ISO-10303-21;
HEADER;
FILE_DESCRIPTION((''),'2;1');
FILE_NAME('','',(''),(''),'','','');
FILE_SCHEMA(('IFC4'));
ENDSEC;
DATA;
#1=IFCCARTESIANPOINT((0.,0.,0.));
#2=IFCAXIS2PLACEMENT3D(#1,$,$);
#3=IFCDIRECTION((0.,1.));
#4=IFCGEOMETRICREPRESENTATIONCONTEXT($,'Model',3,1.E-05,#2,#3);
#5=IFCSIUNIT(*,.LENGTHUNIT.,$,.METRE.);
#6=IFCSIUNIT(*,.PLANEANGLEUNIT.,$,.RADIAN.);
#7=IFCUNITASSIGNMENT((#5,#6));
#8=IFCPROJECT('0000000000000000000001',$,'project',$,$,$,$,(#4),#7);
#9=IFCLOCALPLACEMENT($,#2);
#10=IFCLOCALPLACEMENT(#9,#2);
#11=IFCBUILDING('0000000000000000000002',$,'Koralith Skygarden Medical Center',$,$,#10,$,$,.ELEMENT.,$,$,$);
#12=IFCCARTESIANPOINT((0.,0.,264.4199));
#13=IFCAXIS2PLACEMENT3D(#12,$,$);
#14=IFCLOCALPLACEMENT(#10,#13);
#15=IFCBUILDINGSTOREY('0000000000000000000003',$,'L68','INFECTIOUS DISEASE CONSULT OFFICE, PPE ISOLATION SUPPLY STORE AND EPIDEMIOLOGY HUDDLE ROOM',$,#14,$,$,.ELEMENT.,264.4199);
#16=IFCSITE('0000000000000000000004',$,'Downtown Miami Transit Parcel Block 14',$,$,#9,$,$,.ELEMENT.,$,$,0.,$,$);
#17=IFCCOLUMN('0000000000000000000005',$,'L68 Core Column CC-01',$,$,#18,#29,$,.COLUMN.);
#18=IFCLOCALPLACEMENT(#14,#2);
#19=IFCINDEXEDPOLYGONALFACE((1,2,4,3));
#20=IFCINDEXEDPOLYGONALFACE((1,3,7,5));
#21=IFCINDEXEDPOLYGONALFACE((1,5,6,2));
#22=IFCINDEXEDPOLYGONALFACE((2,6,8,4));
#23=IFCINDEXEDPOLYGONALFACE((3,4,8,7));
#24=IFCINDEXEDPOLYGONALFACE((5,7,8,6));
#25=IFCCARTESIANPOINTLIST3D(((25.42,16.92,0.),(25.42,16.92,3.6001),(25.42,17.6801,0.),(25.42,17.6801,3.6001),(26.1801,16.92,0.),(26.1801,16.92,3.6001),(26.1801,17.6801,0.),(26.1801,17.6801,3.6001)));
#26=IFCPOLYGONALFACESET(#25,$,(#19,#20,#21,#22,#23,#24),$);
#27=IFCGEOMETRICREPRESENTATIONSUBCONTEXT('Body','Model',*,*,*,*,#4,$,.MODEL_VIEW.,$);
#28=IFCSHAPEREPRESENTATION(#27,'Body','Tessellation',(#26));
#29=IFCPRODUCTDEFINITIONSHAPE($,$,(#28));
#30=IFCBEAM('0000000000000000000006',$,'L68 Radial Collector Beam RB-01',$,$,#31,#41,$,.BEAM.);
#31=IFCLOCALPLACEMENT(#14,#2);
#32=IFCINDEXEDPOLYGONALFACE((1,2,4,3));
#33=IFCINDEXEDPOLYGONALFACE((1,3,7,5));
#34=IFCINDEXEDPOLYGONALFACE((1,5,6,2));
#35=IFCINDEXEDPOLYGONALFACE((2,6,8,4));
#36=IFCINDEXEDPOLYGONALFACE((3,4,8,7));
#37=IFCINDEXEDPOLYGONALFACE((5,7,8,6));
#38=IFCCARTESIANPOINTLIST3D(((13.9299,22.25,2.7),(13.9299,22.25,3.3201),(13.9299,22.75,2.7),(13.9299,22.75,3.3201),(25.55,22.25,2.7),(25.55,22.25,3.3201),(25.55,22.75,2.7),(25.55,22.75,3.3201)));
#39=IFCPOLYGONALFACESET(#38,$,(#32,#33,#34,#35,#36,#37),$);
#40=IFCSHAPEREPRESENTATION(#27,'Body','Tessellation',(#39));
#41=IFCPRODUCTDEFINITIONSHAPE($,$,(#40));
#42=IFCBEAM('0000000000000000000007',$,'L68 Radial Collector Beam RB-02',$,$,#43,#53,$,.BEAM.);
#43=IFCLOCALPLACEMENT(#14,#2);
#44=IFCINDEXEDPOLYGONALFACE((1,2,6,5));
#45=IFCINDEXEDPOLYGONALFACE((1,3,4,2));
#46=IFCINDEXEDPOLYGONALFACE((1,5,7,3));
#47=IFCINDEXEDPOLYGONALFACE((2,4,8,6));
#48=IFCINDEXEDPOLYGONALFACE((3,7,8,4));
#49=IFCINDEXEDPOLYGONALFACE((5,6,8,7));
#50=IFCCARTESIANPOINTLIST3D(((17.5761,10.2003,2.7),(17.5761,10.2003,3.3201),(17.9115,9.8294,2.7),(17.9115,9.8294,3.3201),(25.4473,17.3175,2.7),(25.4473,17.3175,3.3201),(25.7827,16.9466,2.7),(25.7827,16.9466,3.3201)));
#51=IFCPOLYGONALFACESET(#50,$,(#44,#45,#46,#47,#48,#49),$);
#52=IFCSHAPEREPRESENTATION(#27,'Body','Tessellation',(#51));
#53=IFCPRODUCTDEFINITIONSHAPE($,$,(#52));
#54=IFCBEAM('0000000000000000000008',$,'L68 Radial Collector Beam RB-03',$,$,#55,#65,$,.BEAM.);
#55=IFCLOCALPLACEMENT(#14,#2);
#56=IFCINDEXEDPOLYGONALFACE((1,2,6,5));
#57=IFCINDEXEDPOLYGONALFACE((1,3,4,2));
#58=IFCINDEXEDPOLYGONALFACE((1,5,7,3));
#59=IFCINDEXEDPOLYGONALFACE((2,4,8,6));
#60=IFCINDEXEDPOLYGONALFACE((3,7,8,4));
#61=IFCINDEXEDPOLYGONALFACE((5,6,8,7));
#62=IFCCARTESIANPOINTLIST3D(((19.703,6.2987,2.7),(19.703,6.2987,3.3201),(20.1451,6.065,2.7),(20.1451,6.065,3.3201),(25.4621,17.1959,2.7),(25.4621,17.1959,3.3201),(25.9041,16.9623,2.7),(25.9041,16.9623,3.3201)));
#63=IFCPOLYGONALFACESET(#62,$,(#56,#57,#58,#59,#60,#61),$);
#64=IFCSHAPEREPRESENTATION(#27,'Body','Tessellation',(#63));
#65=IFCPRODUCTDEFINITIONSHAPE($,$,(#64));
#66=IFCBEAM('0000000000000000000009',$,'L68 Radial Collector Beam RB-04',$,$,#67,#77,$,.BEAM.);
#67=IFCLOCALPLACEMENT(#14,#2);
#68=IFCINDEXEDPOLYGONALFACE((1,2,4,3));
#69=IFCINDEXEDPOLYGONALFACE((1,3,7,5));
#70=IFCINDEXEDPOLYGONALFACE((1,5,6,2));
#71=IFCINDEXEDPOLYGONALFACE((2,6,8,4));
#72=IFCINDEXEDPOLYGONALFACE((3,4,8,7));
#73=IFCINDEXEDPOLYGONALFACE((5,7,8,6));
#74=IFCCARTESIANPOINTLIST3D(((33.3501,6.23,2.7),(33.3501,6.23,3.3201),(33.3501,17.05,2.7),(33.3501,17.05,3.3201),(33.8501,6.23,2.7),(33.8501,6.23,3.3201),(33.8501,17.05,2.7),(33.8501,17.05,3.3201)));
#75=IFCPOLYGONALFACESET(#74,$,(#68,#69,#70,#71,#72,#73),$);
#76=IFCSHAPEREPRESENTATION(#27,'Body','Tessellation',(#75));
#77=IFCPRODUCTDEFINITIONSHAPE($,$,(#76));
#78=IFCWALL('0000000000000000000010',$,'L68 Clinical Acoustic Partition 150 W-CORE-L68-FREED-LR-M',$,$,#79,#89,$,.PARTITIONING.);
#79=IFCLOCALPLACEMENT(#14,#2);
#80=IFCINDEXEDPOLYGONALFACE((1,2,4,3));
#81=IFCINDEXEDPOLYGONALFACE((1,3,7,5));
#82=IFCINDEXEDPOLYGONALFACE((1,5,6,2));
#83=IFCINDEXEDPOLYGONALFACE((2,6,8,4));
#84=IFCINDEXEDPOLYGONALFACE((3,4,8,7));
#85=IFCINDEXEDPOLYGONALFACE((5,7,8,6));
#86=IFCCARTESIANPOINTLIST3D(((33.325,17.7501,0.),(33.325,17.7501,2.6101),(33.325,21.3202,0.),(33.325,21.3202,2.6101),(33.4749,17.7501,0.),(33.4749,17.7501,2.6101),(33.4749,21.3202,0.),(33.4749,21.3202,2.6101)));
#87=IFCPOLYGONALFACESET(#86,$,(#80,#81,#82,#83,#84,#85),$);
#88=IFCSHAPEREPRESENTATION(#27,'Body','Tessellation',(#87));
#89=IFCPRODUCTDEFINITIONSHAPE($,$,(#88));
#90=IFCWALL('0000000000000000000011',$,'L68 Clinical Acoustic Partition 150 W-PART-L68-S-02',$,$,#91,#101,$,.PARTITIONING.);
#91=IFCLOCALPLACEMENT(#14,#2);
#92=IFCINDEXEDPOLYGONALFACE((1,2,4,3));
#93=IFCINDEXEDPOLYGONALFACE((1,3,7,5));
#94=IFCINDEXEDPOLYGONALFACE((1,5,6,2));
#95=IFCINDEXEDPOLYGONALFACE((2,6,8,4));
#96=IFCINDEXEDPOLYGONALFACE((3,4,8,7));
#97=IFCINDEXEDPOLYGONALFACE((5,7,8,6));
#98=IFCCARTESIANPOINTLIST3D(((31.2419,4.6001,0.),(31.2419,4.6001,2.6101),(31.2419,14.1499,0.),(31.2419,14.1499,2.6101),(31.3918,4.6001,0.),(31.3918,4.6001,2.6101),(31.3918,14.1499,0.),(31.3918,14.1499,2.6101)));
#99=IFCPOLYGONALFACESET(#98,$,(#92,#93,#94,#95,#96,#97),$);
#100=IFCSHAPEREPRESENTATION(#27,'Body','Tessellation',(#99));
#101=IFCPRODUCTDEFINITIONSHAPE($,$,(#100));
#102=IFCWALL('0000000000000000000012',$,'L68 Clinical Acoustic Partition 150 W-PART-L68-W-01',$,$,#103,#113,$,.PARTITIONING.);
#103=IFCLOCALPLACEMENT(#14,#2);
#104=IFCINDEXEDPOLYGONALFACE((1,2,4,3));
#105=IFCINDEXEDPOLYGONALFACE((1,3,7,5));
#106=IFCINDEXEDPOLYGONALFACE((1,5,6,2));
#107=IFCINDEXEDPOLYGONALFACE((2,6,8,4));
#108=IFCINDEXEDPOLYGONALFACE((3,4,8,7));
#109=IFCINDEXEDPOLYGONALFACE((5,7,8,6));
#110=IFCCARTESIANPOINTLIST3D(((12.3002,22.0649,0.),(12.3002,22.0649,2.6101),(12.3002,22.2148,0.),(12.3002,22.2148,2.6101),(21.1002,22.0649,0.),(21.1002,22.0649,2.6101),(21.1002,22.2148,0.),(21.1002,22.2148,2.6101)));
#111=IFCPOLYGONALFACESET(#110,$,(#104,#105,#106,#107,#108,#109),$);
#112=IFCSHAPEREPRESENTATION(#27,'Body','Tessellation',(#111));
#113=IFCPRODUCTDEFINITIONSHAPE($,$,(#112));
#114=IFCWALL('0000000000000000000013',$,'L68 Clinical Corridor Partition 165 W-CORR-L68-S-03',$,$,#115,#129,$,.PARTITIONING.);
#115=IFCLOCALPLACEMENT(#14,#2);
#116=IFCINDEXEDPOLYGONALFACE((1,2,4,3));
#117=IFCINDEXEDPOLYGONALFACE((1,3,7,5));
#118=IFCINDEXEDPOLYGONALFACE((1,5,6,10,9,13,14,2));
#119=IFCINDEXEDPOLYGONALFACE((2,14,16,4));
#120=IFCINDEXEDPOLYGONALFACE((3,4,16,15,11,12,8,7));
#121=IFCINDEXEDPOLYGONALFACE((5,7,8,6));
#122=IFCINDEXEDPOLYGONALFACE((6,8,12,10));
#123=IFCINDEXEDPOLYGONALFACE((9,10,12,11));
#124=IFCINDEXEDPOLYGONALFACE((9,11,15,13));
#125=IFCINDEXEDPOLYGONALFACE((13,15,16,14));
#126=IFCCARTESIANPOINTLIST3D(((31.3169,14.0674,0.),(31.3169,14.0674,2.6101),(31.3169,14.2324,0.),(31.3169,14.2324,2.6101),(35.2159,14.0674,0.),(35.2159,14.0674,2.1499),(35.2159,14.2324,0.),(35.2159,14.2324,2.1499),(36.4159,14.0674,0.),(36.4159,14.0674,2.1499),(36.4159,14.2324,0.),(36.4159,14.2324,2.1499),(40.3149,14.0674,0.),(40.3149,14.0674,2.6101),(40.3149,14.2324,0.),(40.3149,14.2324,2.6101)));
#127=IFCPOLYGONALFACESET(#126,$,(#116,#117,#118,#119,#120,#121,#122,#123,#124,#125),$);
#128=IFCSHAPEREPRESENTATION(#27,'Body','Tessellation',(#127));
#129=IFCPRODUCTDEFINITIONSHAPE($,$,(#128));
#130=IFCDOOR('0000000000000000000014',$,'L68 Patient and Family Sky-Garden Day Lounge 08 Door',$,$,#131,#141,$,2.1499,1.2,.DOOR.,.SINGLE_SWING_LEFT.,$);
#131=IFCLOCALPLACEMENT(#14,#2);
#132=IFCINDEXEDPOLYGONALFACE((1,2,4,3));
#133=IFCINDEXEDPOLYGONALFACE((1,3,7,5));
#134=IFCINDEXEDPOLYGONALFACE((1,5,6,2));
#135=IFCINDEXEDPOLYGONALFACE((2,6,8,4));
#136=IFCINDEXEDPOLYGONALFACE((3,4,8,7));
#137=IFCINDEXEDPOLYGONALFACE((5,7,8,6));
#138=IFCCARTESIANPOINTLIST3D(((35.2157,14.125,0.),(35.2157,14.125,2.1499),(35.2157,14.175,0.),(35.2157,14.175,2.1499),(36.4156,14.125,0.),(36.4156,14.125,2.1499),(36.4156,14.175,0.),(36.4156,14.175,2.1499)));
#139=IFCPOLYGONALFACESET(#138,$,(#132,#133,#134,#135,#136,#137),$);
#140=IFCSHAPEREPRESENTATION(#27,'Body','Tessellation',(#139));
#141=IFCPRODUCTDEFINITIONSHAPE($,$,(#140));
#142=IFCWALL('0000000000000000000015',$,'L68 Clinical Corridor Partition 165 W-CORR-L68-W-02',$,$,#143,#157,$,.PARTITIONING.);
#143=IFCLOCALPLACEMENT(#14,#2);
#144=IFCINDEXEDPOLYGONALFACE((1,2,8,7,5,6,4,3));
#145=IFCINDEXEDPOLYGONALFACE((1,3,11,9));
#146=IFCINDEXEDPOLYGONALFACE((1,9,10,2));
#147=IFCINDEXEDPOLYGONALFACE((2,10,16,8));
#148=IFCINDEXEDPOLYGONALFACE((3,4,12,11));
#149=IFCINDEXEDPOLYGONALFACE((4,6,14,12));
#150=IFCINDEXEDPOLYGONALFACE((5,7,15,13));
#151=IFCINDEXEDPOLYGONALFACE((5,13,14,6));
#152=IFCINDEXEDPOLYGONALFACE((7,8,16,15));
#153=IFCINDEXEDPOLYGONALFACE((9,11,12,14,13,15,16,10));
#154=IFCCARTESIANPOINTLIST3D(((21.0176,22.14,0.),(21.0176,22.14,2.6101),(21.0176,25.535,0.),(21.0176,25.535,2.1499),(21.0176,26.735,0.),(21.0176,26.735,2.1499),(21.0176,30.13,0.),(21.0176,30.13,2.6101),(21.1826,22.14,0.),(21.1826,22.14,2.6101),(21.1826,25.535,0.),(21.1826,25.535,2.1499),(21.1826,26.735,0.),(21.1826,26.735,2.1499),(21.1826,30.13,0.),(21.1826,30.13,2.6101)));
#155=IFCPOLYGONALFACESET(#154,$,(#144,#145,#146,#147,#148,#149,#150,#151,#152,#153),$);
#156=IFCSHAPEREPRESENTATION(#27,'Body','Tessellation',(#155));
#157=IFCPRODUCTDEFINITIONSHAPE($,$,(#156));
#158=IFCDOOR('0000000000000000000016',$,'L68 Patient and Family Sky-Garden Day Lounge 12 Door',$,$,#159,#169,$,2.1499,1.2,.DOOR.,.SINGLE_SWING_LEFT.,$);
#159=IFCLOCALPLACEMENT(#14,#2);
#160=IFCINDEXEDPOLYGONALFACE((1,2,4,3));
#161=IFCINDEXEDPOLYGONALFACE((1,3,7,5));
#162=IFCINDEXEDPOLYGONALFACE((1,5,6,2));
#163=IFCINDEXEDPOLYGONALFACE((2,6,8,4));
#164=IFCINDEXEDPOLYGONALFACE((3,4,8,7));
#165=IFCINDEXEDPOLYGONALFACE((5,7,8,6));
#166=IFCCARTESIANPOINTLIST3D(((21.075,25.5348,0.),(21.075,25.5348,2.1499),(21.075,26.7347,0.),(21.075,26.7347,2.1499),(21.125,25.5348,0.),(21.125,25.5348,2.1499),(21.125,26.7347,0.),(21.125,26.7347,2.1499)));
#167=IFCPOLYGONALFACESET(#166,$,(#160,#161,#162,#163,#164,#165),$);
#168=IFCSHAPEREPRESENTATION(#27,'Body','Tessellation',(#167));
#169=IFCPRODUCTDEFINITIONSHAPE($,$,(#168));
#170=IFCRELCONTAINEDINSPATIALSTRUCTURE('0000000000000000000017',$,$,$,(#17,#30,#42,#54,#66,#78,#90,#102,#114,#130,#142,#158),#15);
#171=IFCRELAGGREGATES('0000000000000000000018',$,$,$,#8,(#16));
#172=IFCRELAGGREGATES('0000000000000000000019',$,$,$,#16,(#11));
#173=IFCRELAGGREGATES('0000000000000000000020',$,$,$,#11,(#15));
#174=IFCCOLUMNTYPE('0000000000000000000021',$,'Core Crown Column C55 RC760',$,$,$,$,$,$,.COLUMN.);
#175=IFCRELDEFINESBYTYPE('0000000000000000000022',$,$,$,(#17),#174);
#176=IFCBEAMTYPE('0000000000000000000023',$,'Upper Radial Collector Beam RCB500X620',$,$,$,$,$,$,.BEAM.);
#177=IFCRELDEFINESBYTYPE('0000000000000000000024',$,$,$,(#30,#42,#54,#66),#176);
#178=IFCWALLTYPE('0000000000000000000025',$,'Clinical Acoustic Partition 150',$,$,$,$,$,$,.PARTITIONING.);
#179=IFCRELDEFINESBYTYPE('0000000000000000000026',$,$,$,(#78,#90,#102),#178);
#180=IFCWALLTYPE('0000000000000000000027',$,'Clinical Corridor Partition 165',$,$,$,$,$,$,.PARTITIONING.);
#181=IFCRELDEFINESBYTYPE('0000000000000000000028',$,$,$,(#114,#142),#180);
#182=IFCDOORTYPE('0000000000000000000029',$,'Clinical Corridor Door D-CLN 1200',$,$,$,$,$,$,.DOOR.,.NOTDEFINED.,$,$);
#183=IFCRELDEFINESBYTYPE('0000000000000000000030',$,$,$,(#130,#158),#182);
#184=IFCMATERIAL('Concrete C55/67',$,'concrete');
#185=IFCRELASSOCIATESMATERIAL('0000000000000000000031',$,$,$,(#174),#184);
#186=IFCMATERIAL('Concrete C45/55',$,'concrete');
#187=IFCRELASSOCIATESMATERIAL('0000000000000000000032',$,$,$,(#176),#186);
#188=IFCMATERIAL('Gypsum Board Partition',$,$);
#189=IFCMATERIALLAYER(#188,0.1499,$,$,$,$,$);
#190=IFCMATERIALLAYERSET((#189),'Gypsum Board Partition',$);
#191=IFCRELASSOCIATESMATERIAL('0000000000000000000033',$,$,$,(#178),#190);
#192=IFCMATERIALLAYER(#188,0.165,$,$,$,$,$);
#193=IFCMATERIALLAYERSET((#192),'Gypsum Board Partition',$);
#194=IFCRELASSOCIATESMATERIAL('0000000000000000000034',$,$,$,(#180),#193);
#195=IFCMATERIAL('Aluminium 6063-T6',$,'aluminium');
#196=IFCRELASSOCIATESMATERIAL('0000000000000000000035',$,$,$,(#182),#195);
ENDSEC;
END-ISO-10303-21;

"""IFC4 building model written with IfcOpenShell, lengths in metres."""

from ifc_helpers import new_model, si_unit, direction, frame, frame_2d, origin, origin_2d, place, context, subcontext, project, spatial, rectangle, extrude, material, layer, layer_set, material_profile, profile_set, type_object, element, fill, save


model = new_model("IFC4")

# Units and contexts
model_context = context("Model", 3, precision=1e-05, world=origin(), true_north=direction((0.0, 1.0)))
body_context = subcontext(model_context, "Body", "Model", "MODEL_VIEW")
ifc_project = project(units=[si_unit("LENGTHUNIT", "METRE"), si_unit("PLANEANGLEUNIT", "RADIAN")], contexts=[model_context])

# Site, building, storey
site_placement = place(None, origin())
site = spatial("IfcSite", under=ifc_project, at=site_placement, Name="Downtown Miami Transit Parcel Block 14", CompositionType="ELEMENT", RefElevation=0.0)
building_placement = place(site_placement, origin())
building = spatial("IfcBuilding", under=site, at=building_placement, Name="Koralith Skygarden Medical Center", CompositionType="ELEMENT")
storey_placement = place(building_placement, frame((0.0, 0.0, 264.4199)))
storey = spatial("IfcBuildingStorey", under=building, at=storey_placement, Name="L68", Description="INFECTIOUS DISEASE CONSULT OFFICE, PPE ISOLATION SUPPLY STORE AND EPIDEMIOLOGY HUDDLE ROOM", CompositionType="ELEMENT", Elevation=264.4199)

# Column
ifc_material_1 = material(Name="Concrete C55/67", Category="concrete")
ifc_material_profile_1 = material_profile(ifc_material_1, rectangle(XDim=0.76, YDim=0.76, at=origin_2d()), Name="RC760X760")
ifc_profile_set_1 = profile_set([ifc_material_profile_1], Name="Concrete C55/67")
column_type = type_object("IfcColumnType", Name="Core Crown Column C55 RC760", PredefinedType="COLUMN", material=ifc_profile_set_1)
column_placement = place(storey_placement, frame((25.8, 17.3, 0.0), z_axis=(0.0, 0.0, 1.0), x_axis=(1.0, 0.0, 0.0)))
element("IfcColumn", 1, at=column_placement, inside=storey, type_object=column_type, Name="L68 Core Column CC-01", PredefinedType="COLUMN", context=body_context, shape_type="SweptSolid", body=[
    extrude(rectangle(XDim=0.76, YDim=0.76, at=origin_2d()), origin(), (0.0, 0.0, 1.0), 3.6001),
])

# Beams
ifc_material_2 = material(Name="Concrete C45/55", Category="concrete")
ifc_material_profile_2 = material_profile(ifc_material_2, rectangle(XDim=0.5, YDim=0.6201, at=origin_2d()), Name="RCB500X620")
ifc_profile_set_2 = profile_set([ifc_material_profile_2], Name="Concrete C45/55")
beam_type = type_object("IfcBeamType", Name="Upper Radial Collector Beam RCB500X620", PredefinedType="BEAM", material=ifc_profile_set_2)
beam_1_placement = place(storey_placement, frame((25.55, 22.5, 3.01), z_axis=(-1.0, 0.0, 0.0), x_axis=(0.0, -1.0, 0.0)))
element("IfcBeam", 2, at=beam_1_placement, inside=storey, type_object=beam_type, Name="L68 Radial Collector Beam RB-01", PredefinedType="BEAM", context=body_context, shape_type="SweptSolid", body=[
    extrude(rectangle(XDim=0.5, YDim=0.6201, at=origin_2d()), origin(), (0.0, 0.0, 1.0), 11.6201),
])
beam_2_placement = place(storey_placement, frame((25.615, 17.1321, 3.01), z_axis=(-0.741736, -0.670692, 0.0), x_axis=(0.670692, -0.741736, 0.0)))
element("IfcBeam", 3, at=beam_2_placement, inside=storey, type_object=beam_type, Name="L68 Radial Collector Beam RB-02", PredefinedType="BEAM", context=body_context, shape_type="SweptSolid", body=[
    extrude(rectangle(XDim=0.5, YDim=0.6201, at=origin_2d()), origin(), (0.0, 0.0, 1.0), 10.6118),
])
beam_3_placement = place(storey_placement, frame((25.6831, 17.0791, 3.01), z_axis=(-0.467249, -0.884126, 0.0), x_axis=(0.884126, -0.467249, 0.0)))
element("IfcBeam", 4, at=beam_3_placement, inside=storey, type_object=beam_type, Name="L68 Radial Collector Beam RB-03", PredefinedType="BEAM", context=body_context, shape_type="SweptSolid", body=[
    extrude(rectangle(XDim=0.5, YDim=0.6201, at=origin_2d()), origin(), (0.0, 0.0, 1.0), 12.3254),
])
beam_4_placement = place(storey_placement, frame((33.6001, 17.05, 3.01), z_axis=(0.0, -1.0, 0.0), x_axis=(1.0, 0.0, 0.0)))
element("IfcBeam", 5, at=beam_4_placement, inside=storey, type_object=beam_type, Name="L68 Radial Collector Beam RB-04", PredefinedType="BEAM", context=body_context, shape_type="SweptSolid", body=[
    extrude(rectangle(XDim=0.5, YDim=0.6201, at=origin_2d()), origin(), (0.0, 0.0, 1.0), 10.8201),
])

# Shared definitions
ifc_material_3 = material(Name="Gypsum Board Partition")
ifc_layer_1 = layer(ifc_material_3, 0.1499)
ifc_layer_set_1 = layer_set([ifc_layer_1], Name="Gypsum Board Partition")
wall_type_1 = type_object("IfcWallType", Name="Clinical Acoustic Partition 150", PredefinedType="PARTITIONING", material=ifc_layer_set_1)
ifc_material_4 = material(Name="Aluminium 6063-T6", Category="aluminium")

# Walls
wall_1_placement = place(storey_placement, frame((33.3999, 17.75, 0.0), z_axis=(0.0, 0.0, 1.0), x_axis=(0.0, 1.0, 0.0)))
element("IfcWall", 6, at=wall_1_placement, inside=storey, type_object=wall_type_1, Name="L68 Clinical Acoustic Partition 150 W-CORE-L68-FREED-LR-M", PredefinedType="PARTITIONING", context=body_context, shape_type="SweptSolid", body=[
    extrude(rectangle(XDim=3.5701, YDim=0.1499, at=frame_2d((1.7852, 0.0))), origin(), (0.0, 0.0, 1.0), 2.6101),
])
wall_2_placement = place(storey_placement, frame((31.3169, 14.1499, 0.0), z_axis=(0.0, 0.0, 1.0), x_axis=(0.0, -1.0, 0.0)))
element("IfcWall", 7, at=wall_2_placement, inside=storey, type_object=wall_type_1, Name="L68 Clinical Acoustic Partition 150 W-PART-L68-S-02", PredefinedType="PARTITIONING", context=body_context, shape_type="SweptSolid", body=[
    extrude(rectangle(XDim=9.5498, YDim=0.1499, at=frame_2d((4.7749, 0.0))), origin(), (0.0, 0.0, 1.0), 2.6101),
])
wall_3_placement = place(storey_placement, frame((21.1001, 22.1399, 0.0), z_axis=(0.0, 0.0, 1.0), x_axis=(-1.0, 0.0, 0.0)))
element("IfcWall", 8, at=wall_3_placement, inside=storey, type_object=wall_type_1, Name="L68 Clinical Acoustic Partition 150 W-PART-L68-W-01", PredefinedType="PARTITIONING", context=body_context, shape_type="SweptSolid", body=[
    extrude(rectangle(XDim=8.8, YDim=0.1499, at=frame_2d((4.3999, 0.0))), origin(), (0.0, 0.0, 1.0), 2.6101),
])

# Walls, openings, doors
ifc_layer_2 = layer(ifc_material_3, 0.165)
ifc_layer_set_2 = layer_set([ifc_layer_2], Name="Gypsum Board Partition")
wall_type_2 = type_object("IfcWallType", Name="Clinical Corridor Partition 165", PredefinedType="PARTITIONING", material=ifc_layer_set_2)
wall_4_placement = place(storey_placement, frame((31.3169, 14.1499, 0.0), z_axis=(0.0, 0.0, 1.0), x_axis=(1.0, 0.0, 0.0)))
wall_4 = element("IfcWall", 9, at=wall_4_placement, inside=storey, type_object=wall_type_2, Name="L68 Clinical Corridor Partition 165 W-CORR-L68-S-03", PredefinedType="PARTITIONING", context=body_context, shape_type="SweptSolid", body=[
    extrude(rectangle(XDim=8.998, YDim=0.165, at=frame_2d((4.499, 0.0))), origin(), (0.0, 0.0, 1.0), 2.6101),
])
opening_1_placement = place(wall_4_placement, frame((3.8989, 0.0, 0.0)))
opening_1 = element("IfcOpeningElement", 10, at=opening_1_placement, cuts=wall_4, PredefinedType="OPENING", context=body_context, shape_type="SweptSolid", body=[
    extrude(rectangle(XDim=1.2, YDim=2.1499, at=frame_2d((0.6001, 1.075))), frame((0.0, 0.0925, 0.0), z_axis=(0.0, -1.0, 0.0), x_axis=(1.0, 0.0, 0.0)), (0.0, 0.0, 1.0), 0.1851),
])
door_type_1 = type_object("IfcDoorType", Name="Clinical Corridor Door D-CLN 1200", OperationType="NOTDEFINED", PredefinedType="DOOR", material=ifc_material_4)
door_1_placement = place(opening_1_placement, frame((1.2, 0.0, 0.0), z_axis=(0.0, 0.0, 1.0), x_axis=(-1.0, 0.0, 0.0)))
door_1 = element("IfcDoor", 11, at=door_1_placement, inside=storey, type_object=door_type_1, Name="L68 Patient and Family Sky-Garden Day Lounge 08 Door", OperationType="SINGLE_SWING_LEFT", OverallHeight=2.1499, OverallWidth=1.2, PredefinedType="DOOR", context=body_context, shape_type="SweptSolid", body=[
    extrude(rectangle(XDim=1.2, YDim=2.1499, at=frame_2d((0.6001, 1.075))), frame((0.0, 0.0249, 0.0), z_axis=(0.0, -1.0, 0.0), x_axis=(1.0, 0.0, 0.0)), (0.0, 0.0, 1.0), 0.05),
])
fill(opening_1, door_1)
wall_5_placement = place(storey_placement, frame((21.1001, 22.1399, 0.0), z_axis=(0.0, 0.0, 1.0), x_axis=(0.0, 1.0, 0.0)))
wall_5 = element("IfcWall", 12, at=wall_5_placement, inside=storey, type_object=wall_type_2, Name="L68 Clinical Corridor Partition 165 W-CORR-L68-W-02", PredefinedType="PARTITIONING", context=body_context, shape_type="SweptSolid", body=[
    extrude(rectangle(XDim=7.99, YDim=0.165, at=frame_2d((3.9951, 0.0))), origin(), (0.0, 0.0, 1.0), 2.6101),
])
opening_2_placement = place(wall_5_placement, frame((3.395, 0.0, 0.0)))
opening_2 = element("IfcOpeningElement", 13, at=opening_2_placement, cuts=wall_5, PredefinedType="OPENING", context=body_context, shape_type="SweptSolid", body=[
    extrude(rectangle(XDim=1.2, YDim=2.1499, at=frame_2d((0.6001, 1.075))), frame((0.0, 0.0925, 0.0), z_axis=(0.0, -1.0, 0.0), x_axis=(1.0, 0.0, 0.0)), (0.0, 0.0, 1.0), 0.1851),
])
door_2_placement = place(opening_2_placement, frame((1.2, 0.0, 0.0), z_axis=(0.0, 0.0, 1.0), x_axis=(-1.0, 0.0, 0.0)))
door_2 = element("IfcDoor", 14, at=door_2_placement, inside=storey, type_object=door_type_1, Name="L68 Patient and Family Sky-Garden Day Lounge 12 Door", OperationType="SINGLE_SWING_LEFT", OverallHeight=2.1499, OverallWidth=1.2, PredefinedType="DOOR", context=body_context, shape_type="SweptSolid", body=[
    extrude(rectangle(XDim=1.2, YDim=2.1499, at=frame_2d((0.6001, 1.075))), frame((0.0, 0.0249, 0.0), z_axis=(0.0, -1.0, 0.0), x_axis=(1.0, 0.0, 0.0)), (0.0, 0.0, 1.0), 0.05),
])
fill(opening_2, door_2)

save(model, "model.ifc")
